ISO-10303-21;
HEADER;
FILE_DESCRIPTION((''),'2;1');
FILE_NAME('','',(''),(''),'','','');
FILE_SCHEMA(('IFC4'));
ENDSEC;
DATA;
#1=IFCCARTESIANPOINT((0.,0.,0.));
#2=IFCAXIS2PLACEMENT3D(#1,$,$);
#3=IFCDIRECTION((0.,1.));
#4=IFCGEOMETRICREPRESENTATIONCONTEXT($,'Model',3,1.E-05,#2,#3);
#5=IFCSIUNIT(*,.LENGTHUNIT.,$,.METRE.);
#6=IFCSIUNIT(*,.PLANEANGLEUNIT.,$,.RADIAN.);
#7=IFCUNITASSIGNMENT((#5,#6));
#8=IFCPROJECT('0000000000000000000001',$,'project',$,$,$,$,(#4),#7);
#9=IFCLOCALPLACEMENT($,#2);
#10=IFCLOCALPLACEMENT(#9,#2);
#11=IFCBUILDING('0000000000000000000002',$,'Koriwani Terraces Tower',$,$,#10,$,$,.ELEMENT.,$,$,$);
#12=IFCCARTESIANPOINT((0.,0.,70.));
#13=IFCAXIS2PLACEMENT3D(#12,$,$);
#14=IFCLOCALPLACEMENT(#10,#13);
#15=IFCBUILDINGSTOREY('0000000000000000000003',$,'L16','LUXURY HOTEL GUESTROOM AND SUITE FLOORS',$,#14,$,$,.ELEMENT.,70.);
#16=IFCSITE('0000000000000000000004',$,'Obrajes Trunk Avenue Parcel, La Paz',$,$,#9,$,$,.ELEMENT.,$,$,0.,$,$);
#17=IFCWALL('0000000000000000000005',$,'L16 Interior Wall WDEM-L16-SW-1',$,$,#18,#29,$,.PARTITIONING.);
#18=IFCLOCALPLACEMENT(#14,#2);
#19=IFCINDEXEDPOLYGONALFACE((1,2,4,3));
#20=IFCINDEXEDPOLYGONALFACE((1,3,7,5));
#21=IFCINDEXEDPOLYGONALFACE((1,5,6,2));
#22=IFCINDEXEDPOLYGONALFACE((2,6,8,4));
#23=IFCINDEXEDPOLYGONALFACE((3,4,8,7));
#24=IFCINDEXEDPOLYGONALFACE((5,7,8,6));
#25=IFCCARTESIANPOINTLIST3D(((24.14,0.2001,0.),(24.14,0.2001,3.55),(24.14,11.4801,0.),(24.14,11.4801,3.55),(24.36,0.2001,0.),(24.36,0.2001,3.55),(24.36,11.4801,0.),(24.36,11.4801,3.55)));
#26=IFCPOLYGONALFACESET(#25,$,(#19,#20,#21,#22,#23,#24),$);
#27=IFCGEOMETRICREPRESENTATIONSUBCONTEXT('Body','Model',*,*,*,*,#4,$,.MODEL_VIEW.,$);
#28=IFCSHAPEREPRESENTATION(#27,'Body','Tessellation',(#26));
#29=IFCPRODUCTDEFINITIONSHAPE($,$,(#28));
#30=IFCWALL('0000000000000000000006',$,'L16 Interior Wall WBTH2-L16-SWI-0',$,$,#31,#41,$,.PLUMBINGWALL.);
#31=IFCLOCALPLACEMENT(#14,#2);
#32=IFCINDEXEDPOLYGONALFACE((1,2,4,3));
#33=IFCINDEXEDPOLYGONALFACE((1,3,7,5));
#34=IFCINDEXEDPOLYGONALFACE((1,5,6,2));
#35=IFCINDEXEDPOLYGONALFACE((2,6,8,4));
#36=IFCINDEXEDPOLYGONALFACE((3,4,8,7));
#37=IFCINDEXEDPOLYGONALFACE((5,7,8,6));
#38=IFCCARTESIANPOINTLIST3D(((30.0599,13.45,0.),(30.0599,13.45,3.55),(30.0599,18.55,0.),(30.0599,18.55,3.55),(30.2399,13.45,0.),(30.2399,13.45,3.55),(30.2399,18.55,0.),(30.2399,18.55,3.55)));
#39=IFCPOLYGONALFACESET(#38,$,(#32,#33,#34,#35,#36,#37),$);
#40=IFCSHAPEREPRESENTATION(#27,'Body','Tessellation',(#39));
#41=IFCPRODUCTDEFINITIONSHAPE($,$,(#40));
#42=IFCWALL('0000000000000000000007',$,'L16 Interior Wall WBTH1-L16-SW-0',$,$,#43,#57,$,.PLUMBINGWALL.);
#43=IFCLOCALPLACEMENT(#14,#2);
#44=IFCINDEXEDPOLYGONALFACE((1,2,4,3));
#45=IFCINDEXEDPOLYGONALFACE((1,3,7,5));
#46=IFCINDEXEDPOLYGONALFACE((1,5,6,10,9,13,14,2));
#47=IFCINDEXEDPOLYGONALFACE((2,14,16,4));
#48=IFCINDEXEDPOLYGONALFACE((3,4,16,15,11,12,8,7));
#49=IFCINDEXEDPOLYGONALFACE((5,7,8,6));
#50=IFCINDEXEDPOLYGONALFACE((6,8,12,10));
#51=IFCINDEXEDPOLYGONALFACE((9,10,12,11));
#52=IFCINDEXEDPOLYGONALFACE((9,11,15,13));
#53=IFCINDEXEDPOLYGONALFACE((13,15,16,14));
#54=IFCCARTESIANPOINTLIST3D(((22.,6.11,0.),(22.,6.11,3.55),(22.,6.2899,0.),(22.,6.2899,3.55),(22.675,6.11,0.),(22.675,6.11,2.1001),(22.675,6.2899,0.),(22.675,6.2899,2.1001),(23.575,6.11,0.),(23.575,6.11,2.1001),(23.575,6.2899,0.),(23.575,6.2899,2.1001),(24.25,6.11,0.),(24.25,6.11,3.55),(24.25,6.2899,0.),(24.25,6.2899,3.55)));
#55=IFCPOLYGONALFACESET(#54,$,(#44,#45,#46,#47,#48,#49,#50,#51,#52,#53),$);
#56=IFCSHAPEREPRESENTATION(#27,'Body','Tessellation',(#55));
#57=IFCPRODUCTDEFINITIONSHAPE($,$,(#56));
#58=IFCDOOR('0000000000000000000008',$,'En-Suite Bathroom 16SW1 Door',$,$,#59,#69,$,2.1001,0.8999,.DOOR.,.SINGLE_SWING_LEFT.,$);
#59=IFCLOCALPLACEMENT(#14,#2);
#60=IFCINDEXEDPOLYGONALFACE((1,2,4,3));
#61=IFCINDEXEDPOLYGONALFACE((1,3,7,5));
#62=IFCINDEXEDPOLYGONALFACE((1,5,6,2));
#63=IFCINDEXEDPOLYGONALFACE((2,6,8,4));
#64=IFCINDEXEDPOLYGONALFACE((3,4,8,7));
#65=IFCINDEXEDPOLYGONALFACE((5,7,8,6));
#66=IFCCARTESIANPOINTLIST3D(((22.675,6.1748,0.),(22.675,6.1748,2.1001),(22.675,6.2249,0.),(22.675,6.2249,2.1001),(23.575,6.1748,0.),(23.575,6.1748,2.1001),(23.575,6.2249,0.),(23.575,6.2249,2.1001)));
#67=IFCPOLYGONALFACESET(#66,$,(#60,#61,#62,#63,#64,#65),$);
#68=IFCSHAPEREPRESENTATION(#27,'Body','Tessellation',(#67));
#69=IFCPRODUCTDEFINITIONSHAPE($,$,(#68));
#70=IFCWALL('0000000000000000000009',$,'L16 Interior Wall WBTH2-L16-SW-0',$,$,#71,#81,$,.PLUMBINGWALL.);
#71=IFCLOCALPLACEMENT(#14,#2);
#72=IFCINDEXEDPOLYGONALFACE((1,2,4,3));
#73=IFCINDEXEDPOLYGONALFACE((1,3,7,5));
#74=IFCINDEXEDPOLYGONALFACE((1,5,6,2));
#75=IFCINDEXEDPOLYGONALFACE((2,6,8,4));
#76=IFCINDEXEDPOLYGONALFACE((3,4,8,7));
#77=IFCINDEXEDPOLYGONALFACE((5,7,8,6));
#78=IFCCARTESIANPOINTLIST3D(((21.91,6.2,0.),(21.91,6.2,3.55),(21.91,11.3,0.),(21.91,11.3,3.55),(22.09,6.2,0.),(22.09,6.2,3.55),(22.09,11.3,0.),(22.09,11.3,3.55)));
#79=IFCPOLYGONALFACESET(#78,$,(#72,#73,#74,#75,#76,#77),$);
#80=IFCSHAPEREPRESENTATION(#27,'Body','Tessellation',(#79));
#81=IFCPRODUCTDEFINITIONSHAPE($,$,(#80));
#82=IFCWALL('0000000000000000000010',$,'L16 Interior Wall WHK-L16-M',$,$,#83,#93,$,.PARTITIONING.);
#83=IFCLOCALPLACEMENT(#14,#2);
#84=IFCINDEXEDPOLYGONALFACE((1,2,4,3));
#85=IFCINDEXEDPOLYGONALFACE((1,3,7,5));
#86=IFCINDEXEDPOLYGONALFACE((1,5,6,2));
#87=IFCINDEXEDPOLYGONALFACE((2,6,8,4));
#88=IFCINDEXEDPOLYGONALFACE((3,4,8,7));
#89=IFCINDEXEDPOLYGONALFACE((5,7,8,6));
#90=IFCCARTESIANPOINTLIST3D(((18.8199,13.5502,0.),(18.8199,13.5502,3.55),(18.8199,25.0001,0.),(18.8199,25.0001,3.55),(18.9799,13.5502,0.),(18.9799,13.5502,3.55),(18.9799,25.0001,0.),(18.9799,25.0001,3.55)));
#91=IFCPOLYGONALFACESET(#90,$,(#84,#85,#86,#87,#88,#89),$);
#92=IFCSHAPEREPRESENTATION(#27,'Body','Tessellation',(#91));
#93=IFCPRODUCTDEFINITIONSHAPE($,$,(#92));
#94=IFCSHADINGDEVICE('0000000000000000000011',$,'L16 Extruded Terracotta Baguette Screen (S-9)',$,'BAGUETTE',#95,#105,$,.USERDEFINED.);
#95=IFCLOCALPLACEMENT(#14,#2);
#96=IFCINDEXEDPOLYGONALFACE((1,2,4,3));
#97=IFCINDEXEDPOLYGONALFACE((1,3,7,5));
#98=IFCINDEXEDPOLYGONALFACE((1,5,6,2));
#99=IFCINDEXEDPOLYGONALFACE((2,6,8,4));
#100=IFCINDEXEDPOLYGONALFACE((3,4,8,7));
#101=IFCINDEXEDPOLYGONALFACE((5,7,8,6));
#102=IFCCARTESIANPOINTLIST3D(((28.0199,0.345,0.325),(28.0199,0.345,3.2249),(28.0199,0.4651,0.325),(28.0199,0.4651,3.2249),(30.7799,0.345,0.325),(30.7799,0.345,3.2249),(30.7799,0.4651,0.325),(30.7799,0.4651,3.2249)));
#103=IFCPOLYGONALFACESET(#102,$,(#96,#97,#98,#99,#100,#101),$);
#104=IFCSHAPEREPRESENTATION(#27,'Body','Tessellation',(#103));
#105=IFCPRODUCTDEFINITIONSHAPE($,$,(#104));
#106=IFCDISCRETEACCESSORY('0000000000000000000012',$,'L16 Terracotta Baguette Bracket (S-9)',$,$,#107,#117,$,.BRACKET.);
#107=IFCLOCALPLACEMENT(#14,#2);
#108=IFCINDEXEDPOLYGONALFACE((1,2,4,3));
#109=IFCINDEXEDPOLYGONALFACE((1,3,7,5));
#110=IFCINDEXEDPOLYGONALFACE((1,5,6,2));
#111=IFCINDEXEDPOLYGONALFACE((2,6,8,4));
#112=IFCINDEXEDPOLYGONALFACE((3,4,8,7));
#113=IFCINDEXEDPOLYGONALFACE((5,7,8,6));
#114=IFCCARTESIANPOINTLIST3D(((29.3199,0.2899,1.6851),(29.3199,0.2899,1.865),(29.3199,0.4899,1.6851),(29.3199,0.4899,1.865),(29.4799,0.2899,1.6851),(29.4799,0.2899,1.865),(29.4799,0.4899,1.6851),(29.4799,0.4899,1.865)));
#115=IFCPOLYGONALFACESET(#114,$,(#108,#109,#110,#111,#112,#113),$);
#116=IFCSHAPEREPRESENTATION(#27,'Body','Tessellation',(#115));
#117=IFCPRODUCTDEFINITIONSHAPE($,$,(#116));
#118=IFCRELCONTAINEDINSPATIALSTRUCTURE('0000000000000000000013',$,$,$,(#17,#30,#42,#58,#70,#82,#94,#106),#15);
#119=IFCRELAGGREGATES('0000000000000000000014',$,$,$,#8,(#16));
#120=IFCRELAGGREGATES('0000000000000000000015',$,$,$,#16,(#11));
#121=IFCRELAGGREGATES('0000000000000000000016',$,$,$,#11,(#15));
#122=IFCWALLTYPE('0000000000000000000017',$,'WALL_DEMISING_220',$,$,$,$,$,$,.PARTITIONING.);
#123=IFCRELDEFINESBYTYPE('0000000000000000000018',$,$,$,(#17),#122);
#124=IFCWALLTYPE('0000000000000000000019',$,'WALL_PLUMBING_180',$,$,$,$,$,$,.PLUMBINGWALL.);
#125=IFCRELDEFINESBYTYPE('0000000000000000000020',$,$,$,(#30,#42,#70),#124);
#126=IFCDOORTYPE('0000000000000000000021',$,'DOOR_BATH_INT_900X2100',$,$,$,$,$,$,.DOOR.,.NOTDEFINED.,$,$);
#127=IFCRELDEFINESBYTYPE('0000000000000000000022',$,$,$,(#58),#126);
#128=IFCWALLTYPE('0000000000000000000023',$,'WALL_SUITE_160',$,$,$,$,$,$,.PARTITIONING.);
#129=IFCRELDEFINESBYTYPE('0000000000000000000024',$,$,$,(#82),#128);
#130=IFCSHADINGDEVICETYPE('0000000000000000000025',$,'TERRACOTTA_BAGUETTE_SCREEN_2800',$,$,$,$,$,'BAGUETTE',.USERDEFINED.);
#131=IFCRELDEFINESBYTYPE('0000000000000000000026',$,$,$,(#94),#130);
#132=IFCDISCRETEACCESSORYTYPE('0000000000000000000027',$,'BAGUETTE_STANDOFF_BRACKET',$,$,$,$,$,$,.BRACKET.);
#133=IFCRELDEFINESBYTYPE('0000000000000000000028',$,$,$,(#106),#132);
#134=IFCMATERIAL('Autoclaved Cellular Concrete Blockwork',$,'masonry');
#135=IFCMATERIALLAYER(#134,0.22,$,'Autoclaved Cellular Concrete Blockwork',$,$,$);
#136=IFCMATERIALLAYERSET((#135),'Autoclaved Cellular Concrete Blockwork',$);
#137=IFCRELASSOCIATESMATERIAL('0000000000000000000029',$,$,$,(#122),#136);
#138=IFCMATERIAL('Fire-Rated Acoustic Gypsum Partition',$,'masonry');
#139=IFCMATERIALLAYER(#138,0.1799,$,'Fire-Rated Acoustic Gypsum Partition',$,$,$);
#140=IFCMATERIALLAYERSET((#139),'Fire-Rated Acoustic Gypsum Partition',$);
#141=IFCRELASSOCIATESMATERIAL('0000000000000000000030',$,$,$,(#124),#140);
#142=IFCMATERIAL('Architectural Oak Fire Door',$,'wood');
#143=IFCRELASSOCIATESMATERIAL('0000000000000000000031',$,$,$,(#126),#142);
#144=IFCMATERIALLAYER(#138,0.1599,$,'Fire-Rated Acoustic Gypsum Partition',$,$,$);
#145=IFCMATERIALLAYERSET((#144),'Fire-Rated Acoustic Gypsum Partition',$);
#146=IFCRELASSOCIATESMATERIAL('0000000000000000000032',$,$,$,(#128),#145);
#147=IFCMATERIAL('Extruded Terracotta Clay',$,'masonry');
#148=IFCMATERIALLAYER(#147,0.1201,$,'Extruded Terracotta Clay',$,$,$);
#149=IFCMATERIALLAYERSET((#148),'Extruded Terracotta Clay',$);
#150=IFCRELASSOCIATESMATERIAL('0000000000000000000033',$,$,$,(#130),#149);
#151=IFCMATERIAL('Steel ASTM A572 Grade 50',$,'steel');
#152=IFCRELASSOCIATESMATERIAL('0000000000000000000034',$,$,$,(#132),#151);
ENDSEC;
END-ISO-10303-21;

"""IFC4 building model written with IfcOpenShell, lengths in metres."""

from ifc_helpers import new_model, si_unit, direction, frame, frame_2d, origin, origin_2d, place, context, subcontext, project, spatial, rectangle, extrude, material, layer, layer_set, type_object, element, fill, save


model = new_model("IFC4")

# Units and contexts
model_context = context("Model", 3, precision=1e-05, world=origin(), true_north=direction((0.0, 1.0)))
body_context = subcontext(model_context, "Body", "Model", "MODEL_VIEW")
ifc_project = project(units=[si_unit("LENGTHUNIT", "METRE"), si_unit("PLANEANGLEUNIT", "RADIAN")], contexts=[model_context])

# Site, building, storey
site_placement = place(None, origin())
site = spatial("IfcSite", under=ifc_project, at=site_placement, Name="Obrajes Trunk Avenue Parcel, La Paz", CompositionType="ELEMENT", RefElevation=0.0)
building_placement = place(site_placement, origin())
building = spatial("IfcBuilding", under=site, at=building_placement, Name="Koriwani Terraces Tower", CompositionType="ELEMENT")
storey_placement = place(building_placement, frame((0.0, 0.0, 70.0)))
storey = spatial("IfcBuildingStorey", under=building, at=storey_placement, Name="L16", Description="LUXURY HOTEL GUESTROOM AND SUITE FLOORS", CompositionType="ELEMENT", Elevation=70.0)

# Shared definitions
ifc_material_1 = material(Name="Steel ASTM A572 Grade 50", Category="steel")

# Shared definitions
ifc_material_2 = material(Name="Autoclaved Cellular Concrete Blockwork", Category="masonry")

# Shared definitions
ifc_material_3 = material(Name="Architectural Oak Fire Door", Category="wood")

# Walls
ifc_layer_1 = layer(ifc_material_2, 0.22, Name="Autoclaved Cellular Concrete Blockwork")
ifc_layer_set_1 = layer_set([ifc_layer_1], Name="Autoclaved Cellular Concrete Blockwork")
wall_type_1 = type_object("IfcWallType", Name="WALL_DEMISING_220", PredefinedType="PARTITIONING", material=ifc_layer_set_1)
wall_1_placement = place(storey_placement, frame((24.25, 0.2, 0.0), z_axis=(0.0, 0.0, 1.0), x_axis=(0.0, 1.0, 0.0)))
element("IfcWall", 1, at=wall_1_placement, inside=storey, type_object=wall_type_1, Name="L16 Interior Wall WDEM-L16-SW-1", PredefinedType="PARTITIONING", context=body_context, shape_type="SweptSolid", body=[
    extrude(rectangle(XDim=11.28, YDim=0.22, at=frame_2d((5.6401, 0.0))), origin(), (0.0, 0.0, 1.0), 3.55),
])
ifc_material_4 = material(Name="Fire-Rated Acoustic Gypsum Partition", Category="masonry")
ifc_layer_2 = layer(ifc_material_4, 0.1799, Name="Fire-Rated Acoustic Gypsum Partition")
ifc_layer_set_2 = layer_set([ifc_layer_2], Name="Fire-Rated Acoustic Gypsum Partition")
wall_type_2 = type_object("IfcWallType", Name="WALL_PLUMBING_180", PredefinedType="PLUMBINGWALL", material=ifc_layer_set_2)
wall_2_placement = place(storey_placement, frame((30.1499, 13.45, 0.0), z_axis=(0.0, 0.0, 1.0), x_axis=(0.0, 1.0, 0.0)))
element("IfcWall", 2, at=wall_2_placement, inside=storey, type_object=wall_type_2, Name="L16 Interior Wall WBTH2-L16-SWI-0", PredefinedType="PLUMBINGWALL", context=body_context, shape_type="SweptSolid", body=[
    extrude(rectangle(XDim=5.1001, YDim=0.1799, at=frame_2d((2.55, 0.0))), origin(), (0.0, 0.0, 1.0), 3.55),
])

# Wall, opening, door
wall_3_placement = place(storey_placement, frame((22.0, 6.2, 0.0), z_axis=(0.0, 0.0, 1.0), x_axis=(1.0, 0.0, 0.0)))
wall_3 = element("IfcWall", 3, at=wall_3_placement, inside=storey, type_object=wall_type_2, Name="L16 Interior Wall WBTH1-L16-SW-0", PredefinedType="PLUMBINGWALL", context=body_context, shape_type="SweptSolid", body=[
    extrude(rectangle(XDim=2.25, YDim=0.1799, at=frame_2d((1.125, 0.0))), origin(), (0.0, 0.0, 1.0), 3.55),
])
opening_1_placement = place(wall_3_placement, frame((0.675, 0.0, 0.0)))
opening_1 = element("IfcOpeningElement", 4, at=opening_1_placement, cuts=wall_3, PredefinedType="OPENING", context=body_context, shape_type="SweptSolid", body=[
    extrude(rectangle(XDim=0.8999, YDim=2.1001, at=frame_2d((0.45, 1.05))), frame((0.0, 0.1001, 0.0), z_axis=(0.0, -1.0, 0.0), x_axis=(1.0, 0.0, 0.0)), (0.0, 0.0, 1.0), 0.2),
])
door_type_1 = type_object("IfcDoorType", Name="DOOR_BATH_INT_900X2100", OperationType="NOTDEFINED", PredefinedType="DOOR", material=ifc_material_3)
door_1_placement = place(opening_1_placement, origin())
door_1 = element("IfcDoor", 5, at=door_1_placement, inside=storey, type_object=door_type_1, Name="En-Suite Bathroom 16SW1 Door", OperationType="SINGLE_SWING_LEFT", OverallHeight=2.1001, OverallWidth=0.8999, PredefinedType="DOOR", context=body_context, shape_type="SweptSolid", body=[
    extrude(rectangle(XDim=0.8999, YDim=2.1001, at=frame_2d((0.45, 1.05))), frame((0.0, 0.0249, 0.0), z_axis=(0.0, -1.0, 0.0), x_axis=(1.0, 0.0, 0.0)), (0.0, 0.0, 1.0), 0.05),
])
fill(opening_1, door_1)

# Walls
wall_4_placement = place(storey_placement, frame((22.0, 6.2, 0.0), z_axis=(0.0, 0.0, 1.0), x_axis=(0.0, 1.0, 0.0)))
element("IfcWall", 6, at=wall_4_placement, inside=storey, type_object=wall_type_2, Name="L16 Interior Wall WBTH2-L16-SW-0", PredefinedType="PLUMBINGWALL", context=body_context, shape_type="SweptSolid", body=[
    extrude(rectangle(XDim=5.1001, YDim=0.1799, at=frame_2d((2.55, 0.0))), origin(), (0.0, 0.0, 1.0), 3.55),
])
ifc_layer_3 = layer(ifc_material_4, 0.1599, Name="Fire-Rated Acoustic Gypsum Partition")
ifc_layer_set_3 = layer_set([ifc_layer_3], Name="Fire-Rated Acoustic Gypsum Partition")
wall_type_3 = type_object("IfcWallType", Name="WALL_SUITE_160", PredefinedType="PARTITIONING", material=ifc_layer_set_3)
wall_5_placement = place(storey_placement, frame((18.8999, 13.55, 0.0), z_axis=(0.0, 0.0, 1.0), x_axis=(0.0, 1.0, 0.0)))
element("IfcWall", 7, at=wall_5_placement, inside=storey, type_object=wall_type_3, Name="L16 Interior Wall WHK-L16-M", PredefinedType="PARTITIONING", context=body_context, shape_type="SweptSolid", body=[
    extrude(rectangle(XDim=11.45, YDim=0.1599, at=frame_2d((5.7251, 0.0))), origin(), (0.0, 0.0, 1.0), 3.55),
])

# Shading device
ifc_material_5 = material(Name="Extruded Terracotta Clay", Category="masonry")
ifc_layer_4 = layer(ifc_material_5, 0.1201, Name="Extruded Terracotta Clay")
ifc_layer_set_4 = layer_set([ifc_layer_4], Name="Extruded Terracotta Clay")
shading_device_type = type_object("IfcShadingDeviceType", Name="TERRACOTTA_BAGUETTE_SCREEN_2800", ElementType="BAGUETTE", PredefinedType="USERDEFINED", material=ifc_layer_set_4)
shading_device_placement = place(storey_placement, frame((29.3999, 0.405, 0.325), z_axis=(0.0, 0.0, 1.0), x_axis=(-1.0, 0.0, 0.0)))
element("IfcShadingDevice", 8, at=shading_device_placement, inside=storey, type_object=shading_device_type, Name="L16 Extruded Terracotta Baguette Screen (S-9)", ObjectType="BAGUETTE", PredefinedType="USERDEFINED", context=body_context, shape_type="SweptSolid", body=[
    extrude(rectangle(XDim=2.76, YDim=0.1201, at=origin_2d()), origin(), (0.0, 0.0, 1.0), 2.8999),
])

# Discrete accessory
discrete_accessory_type = type_object("IfcDiscreteAccessoryType", Name="BAGUETTE_STANDOFF_BRACKET", PredefinedType="BRACKET", material=ifc_material_1)
discrete_accessory_placement = place(storey_placement, frame((29.3999, 0.3899, 1.6851), z_axis=(0.0, 0.0, 1.0), x_axis=(-1.0, 0.0, 0.0)))
element("IfcDiscreteAccessory", 9, at=discrete_accessory_placement, inside=storey, type_object=discrete_accessory_type, Name="L16 Terracotta Baguette Bracket (S-9)", PredefinedType="BRACKET", context=body_context, shape_type="SweptSolid", body=[
    extrude(rectangle(XDim=0.1599, YDim=0.2, at=origin_2d()), origin(), (0.0, 0.0, 1.0), 0.1799),
])

save(model, "model.ifc")
